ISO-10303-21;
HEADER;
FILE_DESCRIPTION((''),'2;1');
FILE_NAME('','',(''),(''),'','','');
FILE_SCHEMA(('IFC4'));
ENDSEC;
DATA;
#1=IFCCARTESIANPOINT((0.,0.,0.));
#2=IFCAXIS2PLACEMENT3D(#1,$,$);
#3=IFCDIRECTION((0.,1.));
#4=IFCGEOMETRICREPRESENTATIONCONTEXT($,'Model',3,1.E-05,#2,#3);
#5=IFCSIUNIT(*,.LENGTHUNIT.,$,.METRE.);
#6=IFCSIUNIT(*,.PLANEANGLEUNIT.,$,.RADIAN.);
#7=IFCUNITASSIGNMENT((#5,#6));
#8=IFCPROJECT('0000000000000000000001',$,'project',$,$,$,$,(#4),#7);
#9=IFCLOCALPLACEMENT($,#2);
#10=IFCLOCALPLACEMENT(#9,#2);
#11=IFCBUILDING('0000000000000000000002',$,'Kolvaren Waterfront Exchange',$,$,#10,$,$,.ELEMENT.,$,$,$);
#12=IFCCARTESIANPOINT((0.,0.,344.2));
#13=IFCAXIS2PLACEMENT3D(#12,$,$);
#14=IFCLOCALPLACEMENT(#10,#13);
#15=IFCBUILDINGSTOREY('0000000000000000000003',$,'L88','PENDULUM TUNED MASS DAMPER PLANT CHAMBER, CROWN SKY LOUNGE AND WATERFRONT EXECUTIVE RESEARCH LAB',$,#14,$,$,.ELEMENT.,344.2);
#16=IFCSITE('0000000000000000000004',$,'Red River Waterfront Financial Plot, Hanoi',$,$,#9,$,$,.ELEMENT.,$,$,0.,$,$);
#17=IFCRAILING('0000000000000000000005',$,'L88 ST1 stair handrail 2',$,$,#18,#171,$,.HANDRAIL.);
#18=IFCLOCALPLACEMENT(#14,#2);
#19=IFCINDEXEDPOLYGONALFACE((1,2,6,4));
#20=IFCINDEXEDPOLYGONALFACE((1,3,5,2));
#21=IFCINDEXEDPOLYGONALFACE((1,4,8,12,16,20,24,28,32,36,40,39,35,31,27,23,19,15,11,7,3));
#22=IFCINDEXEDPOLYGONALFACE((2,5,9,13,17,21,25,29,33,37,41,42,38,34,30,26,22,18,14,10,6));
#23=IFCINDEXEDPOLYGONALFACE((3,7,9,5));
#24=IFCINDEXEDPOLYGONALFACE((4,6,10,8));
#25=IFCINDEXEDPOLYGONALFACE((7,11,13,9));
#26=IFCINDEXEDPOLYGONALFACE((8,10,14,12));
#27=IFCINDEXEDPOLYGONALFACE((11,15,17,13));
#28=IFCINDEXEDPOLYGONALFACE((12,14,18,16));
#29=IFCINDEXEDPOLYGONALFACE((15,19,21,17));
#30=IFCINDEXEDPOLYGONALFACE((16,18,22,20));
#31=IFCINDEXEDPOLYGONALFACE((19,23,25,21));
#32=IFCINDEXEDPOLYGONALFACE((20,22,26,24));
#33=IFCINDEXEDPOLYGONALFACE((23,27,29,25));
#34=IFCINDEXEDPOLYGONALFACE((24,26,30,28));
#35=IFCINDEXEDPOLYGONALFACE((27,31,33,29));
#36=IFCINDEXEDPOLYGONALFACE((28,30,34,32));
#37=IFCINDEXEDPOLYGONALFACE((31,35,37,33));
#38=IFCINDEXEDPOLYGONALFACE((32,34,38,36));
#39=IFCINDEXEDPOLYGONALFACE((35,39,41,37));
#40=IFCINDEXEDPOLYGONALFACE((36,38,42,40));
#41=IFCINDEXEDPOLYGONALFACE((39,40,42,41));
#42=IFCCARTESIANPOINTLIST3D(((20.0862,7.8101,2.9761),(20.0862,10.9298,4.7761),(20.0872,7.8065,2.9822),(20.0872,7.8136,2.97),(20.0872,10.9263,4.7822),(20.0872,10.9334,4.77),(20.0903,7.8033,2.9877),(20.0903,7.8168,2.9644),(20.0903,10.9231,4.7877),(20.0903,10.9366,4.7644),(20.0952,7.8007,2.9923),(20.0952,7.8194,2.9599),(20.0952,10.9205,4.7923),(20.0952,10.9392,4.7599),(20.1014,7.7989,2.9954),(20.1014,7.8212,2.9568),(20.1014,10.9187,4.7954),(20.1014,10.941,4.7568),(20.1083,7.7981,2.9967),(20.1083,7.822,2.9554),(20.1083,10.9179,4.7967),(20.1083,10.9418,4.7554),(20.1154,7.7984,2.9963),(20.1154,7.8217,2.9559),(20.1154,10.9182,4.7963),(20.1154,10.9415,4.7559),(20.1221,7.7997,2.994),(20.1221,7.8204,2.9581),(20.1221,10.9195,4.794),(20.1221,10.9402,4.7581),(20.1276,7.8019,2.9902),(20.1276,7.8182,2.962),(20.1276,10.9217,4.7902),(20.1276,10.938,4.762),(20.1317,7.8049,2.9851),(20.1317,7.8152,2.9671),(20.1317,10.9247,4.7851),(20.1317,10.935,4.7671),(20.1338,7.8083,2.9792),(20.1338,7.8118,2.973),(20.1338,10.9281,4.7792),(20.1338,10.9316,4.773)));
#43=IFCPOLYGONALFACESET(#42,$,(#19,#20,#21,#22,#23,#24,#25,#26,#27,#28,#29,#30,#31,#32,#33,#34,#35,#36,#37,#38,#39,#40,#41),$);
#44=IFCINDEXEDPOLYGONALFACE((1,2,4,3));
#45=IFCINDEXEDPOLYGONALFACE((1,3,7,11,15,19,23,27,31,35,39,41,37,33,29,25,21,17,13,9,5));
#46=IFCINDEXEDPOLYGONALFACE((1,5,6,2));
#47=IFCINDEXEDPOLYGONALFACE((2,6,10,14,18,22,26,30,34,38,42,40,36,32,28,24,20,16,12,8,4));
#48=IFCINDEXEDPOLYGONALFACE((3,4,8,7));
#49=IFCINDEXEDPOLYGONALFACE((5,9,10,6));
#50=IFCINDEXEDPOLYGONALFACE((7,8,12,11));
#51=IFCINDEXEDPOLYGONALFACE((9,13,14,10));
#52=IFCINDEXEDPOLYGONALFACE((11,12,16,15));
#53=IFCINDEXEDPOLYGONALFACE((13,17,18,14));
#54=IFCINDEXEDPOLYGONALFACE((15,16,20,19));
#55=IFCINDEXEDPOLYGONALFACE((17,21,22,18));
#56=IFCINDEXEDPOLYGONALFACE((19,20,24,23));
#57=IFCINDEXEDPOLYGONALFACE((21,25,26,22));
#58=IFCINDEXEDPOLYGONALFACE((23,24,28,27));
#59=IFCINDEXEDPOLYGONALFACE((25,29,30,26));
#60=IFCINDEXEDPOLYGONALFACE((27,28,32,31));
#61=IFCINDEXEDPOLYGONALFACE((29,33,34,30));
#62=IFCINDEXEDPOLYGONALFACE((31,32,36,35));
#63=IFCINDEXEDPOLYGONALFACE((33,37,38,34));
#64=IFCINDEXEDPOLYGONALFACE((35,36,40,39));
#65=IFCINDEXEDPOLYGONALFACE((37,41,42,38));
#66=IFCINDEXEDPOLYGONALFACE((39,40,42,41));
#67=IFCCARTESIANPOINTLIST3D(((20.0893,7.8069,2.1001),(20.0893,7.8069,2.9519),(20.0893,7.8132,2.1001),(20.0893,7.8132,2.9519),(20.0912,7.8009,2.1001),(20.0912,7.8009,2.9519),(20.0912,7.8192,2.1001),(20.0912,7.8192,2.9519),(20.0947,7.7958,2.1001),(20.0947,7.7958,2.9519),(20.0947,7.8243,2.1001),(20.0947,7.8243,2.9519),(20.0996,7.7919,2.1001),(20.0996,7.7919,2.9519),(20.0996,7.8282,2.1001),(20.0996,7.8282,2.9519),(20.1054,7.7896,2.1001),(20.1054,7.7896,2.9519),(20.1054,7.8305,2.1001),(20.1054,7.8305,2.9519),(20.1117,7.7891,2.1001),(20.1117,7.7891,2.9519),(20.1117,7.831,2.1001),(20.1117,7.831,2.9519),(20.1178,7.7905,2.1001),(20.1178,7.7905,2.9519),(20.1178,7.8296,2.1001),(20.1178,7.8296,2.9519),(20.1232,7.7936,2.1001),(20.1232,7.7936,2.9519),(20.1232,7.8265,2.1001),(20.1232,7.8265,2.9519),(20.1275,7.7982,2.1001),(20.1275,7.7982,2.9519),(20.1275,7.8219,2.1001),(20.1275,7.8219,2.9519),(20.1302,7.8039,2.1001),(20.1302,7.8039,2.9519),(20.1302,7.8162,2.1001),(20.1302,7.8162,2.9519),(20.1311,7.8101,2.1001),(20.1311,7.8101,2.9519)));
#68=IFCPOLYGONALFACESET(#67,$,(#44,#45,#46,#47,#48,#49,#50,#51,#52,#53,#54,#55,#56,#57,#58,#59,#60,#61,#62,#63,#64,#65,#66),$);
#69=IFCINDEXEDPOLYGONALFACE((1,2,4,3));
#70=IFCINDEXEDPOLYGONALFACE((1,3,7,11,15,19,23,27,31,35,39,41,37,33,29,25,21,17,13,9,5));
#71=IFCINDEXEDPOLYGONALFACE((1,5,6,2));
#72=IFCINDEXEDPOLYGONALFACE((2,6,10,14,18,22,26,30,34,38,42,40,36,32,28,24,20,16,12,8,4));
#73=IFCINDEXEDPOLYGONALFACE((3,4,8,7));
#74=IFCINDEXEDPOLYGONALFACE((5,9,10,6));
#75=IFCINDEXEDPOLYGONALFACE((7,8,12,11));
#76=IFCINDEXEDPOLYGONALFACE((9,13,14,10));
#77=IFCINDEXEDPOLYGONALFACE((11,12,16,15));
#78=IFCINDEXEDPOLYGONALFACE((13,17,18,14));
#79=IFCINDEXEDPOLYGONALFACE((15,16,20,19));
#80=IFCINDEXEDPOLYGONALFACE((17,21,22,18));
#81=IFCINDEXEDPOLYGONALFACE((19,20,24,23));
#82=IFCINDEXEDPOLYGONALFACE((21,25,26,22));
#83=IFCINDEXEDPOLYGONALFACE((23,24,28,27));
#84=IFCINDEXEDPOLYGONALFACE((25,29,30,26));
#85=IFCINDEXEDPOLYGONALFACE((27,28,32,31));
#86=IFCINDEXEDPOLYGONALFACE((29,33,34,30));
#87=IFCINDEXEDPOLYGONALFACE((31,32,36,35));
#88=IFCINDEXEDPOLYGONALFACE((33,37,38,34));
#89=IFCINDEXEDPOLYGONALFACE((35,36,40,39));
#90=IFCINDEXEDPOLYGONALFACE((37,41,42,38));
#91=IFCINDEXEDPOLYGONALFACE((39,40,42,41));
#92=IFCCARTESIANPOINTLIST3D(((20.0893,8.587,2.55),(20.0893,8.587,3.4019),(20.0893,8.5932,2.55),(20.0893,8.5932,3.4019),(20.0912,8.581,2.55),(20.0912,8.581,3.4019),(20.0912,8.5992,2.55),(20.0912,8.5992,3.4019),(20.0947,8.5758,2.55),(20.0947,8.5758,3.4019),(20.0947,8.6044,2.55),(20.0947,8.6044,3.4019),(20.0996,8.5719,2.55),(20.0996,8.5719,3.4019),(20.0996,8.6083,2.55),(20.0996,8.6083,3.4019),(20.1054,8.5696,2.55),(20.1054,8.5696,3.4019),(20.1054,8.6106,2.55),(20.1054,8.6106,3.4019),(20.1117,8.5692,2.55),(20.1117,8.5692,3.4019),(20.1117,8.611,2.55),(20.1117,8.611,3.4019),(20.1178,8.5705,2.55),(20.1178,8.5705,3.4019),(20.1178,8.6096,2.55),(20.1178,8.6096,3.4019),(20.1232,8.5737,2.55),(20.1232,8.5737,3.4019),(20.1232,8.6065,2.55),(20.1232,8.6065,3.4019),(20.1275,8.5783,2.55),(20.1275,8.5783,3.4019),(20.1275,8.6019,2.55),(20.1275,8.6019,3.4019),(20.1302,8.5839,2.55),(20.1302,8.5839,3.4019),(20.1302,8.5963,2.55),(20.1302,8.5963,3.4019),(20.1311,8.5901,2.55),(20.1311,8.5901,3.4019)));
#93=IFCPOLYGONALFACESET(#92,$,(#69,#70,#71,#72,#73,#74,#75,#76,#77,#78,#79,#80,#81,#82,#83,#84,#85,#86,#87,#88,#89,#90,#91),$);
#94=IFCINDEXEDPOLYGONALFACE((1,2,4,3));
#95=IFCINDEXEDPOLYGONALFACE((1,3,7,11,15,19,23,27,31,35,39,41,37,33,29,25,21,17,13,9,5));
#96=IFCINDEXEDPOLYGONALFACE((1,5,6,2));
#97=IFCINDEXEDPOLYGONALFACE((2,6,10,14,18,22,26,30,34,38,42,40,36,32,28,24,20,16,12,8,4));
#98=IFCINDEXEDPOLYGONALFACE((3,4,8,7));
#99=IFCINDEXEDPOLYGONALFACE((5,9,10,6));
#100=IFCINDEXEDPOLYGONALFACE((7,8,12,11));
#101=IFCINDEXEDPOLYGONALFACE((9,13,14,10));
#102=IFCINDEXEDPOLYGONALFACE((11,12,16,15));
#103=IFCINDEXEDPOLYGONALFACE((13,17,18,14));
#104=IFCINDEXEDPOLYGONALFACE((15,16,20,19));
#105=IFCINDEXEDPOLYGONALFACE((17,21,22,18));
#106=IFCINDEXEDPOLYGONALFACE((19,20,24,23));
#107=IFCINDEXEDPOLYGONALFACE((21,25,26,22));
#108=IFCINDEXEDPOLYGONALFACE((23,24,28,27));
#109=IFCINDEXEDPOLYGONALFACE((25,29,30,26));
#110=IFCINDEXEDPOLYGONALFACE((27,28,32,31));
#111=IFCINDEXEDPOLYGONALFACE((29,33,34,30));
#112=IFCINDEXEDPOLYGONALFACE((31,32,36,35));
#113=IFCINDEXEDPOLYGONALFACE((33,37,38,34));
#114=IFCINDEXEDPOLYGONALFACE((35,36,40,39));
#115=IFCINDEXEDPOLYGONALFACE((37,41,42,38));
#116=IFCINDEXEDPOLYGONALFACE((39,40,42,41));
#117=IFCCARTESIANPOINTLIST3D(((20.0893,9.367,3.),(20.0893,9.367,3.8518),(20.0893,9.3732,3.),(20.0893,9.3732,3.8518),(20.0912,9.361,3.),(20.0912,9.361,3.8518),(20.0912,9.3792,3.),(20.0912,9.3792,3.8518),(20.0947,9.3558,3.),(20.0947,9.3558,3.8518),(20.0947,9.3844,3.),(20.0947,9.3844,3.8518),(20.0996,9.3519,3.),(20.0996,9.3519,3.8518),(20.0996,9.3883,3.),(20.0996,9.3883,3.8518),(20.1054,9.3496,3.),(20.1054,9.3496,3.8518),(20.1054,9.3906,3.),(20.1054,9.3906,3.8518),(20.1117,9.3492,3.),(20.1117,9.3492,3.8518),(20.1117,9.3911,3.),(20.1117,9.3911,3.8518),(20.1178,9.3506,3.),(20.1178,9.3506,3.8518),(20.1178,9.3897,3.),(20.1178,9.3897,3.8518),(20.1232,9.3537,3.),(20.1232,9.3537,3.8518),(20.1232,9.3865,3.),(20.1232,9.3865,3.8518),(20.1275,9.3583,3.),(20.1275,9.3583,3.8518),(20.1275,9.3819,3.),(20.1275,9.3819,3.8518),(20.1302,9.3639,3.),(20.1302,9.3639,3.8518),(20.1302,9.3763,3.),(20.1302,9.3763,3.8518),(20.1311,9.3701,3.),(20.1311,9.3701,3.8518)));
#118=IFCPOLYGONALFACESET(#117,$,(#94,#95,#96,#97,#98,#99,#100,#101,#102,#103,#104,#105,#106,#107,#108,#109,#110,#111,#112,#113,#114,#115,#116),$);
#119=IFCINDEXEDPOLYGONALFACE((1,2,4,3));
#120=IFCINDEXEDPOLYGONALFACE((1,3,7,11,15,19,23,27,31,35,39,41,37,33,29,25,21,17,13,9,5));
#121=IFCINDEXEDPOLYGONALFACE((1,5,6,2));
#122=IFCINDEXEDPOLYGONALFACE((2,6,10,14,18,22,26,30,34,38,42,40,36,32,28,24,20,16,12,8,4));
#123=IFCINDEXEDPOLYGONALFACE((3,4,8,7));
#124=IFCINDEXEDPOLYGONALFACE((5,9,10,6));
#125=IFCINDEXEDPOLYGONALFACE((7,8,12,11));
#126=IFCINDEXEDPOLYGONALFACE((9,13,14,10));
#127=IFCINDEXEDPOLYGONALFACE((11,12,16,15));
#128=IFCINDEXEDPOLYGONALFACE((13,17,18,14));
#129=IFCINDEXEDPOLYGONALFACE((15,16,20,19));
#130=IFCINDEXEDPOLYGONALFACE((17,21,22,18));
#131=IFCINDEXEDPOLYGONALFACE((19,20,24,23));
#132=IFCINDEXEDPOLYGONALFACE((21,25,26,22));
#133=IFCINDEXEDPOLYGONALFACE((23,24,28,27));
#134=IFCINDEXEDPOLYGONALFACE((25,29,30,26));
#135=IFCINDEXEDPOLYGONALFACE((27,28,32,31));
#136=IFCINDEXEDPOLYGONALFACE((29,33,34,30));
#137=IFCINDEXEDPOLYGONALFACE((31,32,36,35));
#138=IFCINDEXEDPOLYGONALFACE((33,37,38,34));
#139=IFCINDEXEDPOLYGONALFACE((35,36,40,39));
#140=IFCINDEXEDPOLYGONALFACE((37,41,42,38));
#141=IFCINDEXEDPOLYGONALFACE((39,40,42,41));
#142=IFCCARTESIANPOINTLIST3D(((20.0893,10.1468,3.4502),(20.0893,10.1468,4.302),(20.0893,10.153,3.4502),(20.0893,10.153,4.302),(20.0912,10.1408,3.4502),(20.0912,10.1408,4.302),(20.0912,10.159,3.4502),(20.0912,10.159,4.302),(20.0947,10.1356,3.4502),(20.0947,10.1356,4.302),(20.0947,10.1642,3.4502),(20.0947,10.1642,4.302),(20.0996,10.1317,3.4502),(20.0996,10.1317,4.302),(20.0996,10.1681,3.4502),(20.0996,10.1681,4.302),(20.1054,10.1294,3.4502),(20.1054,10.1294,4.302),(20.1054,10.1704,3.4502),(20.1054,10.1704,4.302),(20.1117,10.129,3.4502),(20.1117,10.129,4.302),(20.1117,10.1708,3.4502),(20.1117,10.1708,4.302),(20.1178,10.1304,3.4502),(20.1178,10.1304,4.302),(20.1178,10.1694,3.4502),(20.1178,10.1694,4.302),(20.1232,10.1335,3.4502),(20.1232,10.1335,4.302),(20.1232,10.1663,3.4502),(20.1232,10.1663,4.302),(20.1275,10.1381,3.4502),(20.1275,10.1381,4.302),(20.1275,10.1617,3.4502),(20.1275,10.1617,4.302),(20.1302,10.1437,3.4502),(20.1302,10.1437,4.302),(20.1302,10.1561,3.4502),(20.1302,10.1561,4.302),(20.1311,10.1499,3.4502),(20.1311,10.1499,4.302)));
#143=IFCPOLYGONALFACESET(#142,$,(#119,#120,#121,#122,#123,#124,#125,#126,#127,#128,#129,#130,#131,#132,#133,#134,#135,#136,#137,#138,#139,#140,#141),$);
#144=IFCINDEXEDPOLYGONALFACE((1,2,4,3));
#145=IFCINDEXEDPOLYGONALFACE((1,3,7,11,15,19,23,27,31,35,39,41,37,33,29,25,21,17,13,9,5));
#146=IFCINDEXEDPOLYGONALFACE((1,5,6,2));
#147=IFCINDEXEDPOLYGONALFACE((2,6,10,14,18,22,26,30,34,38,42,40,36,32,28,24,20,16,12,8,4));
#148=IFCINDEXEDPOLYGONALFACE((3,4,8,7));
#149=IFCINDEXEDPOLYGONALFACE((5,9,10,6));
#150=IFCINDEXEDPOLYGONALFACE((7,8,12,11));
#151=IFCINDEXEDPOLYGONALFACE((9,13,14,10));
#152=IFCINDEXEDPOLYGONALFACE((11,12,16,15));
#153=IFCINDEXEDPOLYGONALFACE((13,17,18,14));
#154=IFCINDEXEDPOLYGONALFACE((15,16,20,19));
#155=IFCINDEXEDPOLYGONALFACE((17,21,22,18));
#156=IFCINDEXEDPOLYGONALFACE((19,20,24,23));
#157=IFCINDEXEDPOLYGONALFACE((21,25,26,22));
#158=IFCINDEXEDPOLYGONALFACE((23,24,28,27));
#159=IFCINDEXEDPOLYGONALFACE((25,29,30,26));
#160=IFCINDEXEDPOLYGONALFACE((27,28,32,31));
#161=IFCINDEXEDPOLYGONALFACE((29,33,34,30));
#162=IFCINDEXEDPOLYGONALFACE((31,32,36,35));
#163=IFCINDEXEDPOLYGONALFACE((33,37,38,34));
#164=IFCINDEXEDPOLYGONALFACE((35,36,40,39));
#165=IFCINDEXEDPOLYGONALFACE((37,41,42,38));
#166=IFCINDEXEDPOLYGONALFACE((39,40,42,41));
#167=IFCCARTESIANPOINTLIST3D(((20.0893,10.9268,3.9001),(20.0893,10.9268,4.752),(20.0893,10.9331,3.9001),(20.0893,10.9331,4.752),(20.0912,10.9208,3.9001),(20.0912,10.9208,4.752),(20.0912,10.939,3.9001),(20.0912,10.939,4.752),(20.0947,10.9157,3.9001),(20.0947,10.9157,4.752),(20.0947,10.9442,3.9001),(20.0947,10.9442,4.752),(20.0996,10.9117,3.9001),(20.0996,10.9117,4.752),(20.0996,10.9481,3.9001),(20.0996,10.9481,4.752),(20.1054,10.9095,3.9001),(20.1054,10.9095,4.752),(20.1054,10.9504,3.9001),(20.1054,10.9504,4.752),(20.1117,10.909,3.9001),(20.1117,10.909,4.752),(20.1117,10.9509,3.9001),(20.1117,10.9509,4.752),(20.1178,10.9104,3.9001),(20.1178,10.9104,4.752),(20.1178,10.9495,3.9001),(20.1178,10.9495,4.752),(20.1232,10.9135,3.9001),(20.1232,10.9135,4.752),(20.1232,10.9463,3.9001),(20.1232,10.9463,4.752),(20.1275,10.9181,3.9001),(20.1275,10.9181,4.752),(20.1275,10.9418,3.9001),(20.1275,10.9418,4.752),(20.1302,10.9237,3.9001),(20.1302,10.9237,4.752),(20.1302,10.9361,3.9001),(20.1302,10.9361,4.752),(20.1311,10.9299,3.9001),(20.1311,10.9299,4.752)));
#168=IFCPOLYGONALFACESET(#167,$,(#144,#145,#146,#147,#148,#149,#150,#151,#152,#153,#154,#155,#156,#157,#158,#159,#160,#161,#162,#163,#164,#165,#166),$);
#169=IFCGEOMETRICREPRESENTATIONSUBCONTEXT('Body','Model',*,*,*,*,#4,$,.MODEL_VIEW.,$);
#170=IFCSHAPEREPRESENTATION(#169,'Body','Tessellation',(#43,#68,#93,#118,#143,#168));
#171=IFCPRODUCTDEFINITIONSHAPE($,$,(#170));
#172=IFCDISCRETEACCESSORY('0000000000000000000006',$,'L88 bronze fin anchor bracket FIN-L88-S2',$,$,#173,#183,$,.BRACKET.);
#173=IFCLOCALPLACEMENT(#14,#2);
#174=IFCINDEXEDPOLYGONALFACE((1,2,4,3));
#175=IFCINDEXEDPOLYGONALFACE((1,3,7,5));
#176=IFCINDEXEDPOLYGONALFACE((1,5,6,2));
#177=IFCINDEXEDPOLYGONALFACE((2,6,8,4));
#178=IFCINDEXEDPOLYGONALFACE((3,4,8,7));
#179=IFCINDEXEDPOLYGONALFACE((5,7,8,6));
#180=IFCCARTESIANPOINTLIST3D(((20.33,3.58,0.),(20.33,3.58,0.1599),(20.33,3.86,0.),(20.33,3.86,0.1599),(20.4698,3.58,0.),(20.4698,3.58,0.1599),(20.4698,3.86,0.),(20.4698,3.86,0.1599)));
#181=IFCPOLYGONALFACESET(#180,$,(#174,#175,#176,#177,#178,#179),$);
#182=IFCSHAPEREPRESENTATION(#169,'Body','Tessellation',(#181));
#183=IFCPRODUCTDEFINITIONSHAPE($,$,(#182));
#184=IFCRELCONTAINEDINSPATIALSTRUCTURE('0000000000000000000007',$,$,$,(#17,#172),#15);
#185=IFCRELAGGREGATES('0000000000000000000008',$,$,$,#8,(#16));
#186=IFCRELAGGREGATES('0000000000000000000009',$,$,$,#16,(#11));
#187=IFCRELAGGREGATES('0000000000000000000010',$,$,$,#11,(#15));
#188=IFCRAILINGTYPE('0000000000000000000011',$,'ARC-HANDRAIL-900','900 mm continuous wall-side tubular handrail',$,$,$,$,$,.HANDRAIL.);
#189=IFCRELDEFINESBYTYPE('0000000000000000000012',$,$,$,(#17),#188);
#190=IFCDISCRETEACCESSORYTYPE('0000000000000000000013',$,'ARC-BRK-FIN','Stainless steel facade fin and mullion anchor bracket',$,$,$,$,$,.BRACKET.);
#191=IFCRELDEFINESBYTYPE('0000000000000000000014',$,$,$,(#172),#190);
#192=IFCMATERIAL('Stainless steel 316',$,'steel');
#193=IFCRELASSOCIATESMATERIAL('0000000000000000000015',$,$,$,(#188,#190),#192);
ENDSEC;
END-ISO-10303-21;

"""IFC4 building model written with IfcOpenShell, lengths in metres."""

from ifc_helpers import new_model, si_unit, direction, frame, origin, origin_with_axes, origin_2d, place, context, subcontext, project, spatial, rectangle, circle, extrude, source, transform, mapped, material, type_object, element, save


model = new_model("IFC4")

# Units and contexts
model_context = context("Model", 3, precision=1e-05, world=origin(), true_north=direction((0.0, 1.0)))
body_context = subcontext(model_context, "Body", "Model", "MODEL_VIEW")
ifc_project = project(units=[si_unit("LENGTHUNIT", "METRE"), si_unit("PLANEANGLEUNIT", "RADIAN")], contexts=[model_context])

# Site, building, storey
site_placement = place(None, origin())
site = spatial("IfcSite", under=ifc_project, at=site_placement, Name="Red River Waterfront Financial Plot, Hanoi", CompositionType="ELEMENT", RefElevation=0.0)
building_placement = place(site_placement, origin())
building = spatial("IfcBuilding", under=site, at=building_placement, Name="Kolvaren Waterfront Exchange", CompositionType="ELEMENT")
storey_placement = place(building_placement, frame((0.0, 0.0, 344.2)))
storey = spatial("IfcBuildingStorey", under=building, at=storey_placement, Name="L88", Description="PENDULUM TUNED MASS DAMPER PLANT CHAMBER, CROWN SKY LOUNGE AND WATERFRONT EXECUTIVE RESEARCH LAB", CompositionType="ELEMENT", Elevation=344.2)

# Railing
ifc_material_1 = material(Name="Stainless steel 316", Category="steel")
railing_type = type_object("IfcRailingType", Name="ARC-HANDRAIL-900", Description="900 mm continuous wall-side tubular handrail", PredefinedType="HANDRAIL", material=ifc_material_1)
railing_placement = place(storey_placement, frame((20.1101, 7.8101, 2.1001)))
element("IfcRailing", 1, at=railing_placement, inside=storey, type_object=railing_type, Name="L88 ST1 stair handrail 2", PredefinedType="HANDRAIL", context=body_context, shape_type="SweptSolid", body=[
    extrude(circle(Radius=0.0239, at=origin_2d()), frame((0.0, 0.0, 0.876), z_axis=(0.0, 0.866171, 0.499748), x_axis=(-1.0, 0.0, 0.0)), (0.0, 0.0, 1.0), 3.6018),
    extrude(circle(Radius=0.021, at=origin_2d()), origin(), (0.0, 0.0, 1.0), 0.8518),
    extrude(circle(Radius=0.021, at=origin_2d()), frame((0.0, 0.78, 0.45)), (0.0, 0.0, 1.0), 0.8518),
    extrude(circle(Radius=0.021, at=origin_2d()), frame((0.0, 1.5601, 0.8999)), (0.0, 0.0, 1.0), 0.8518),
    extrude(circle(Radius=0.021, at=origin_2d()), frame((0.0, 2.3398, 1.3501)), (0.0, 0.0, 1.0), 0.8518),
    extrude(circle(Radius=0.021, at=origin_2d()), frame((0.0, 3.1199, 1.8)), (0.0, 0.0, 1.0), 0.8518),
])

# Discrete accessory
discrete_accessory_type = type_object("IfcDiscreteAccessoryType", Name="ARC-BRK-FIN", Description="Stainless steel facade fin and mullion anchor bracket", PredefinedType="BRACKET", material=ifc_material_1)
shared_shape_1 = source(origin_with_axes(), body_context, "Body", "SweptSolid", [
    extrude(rectangle(XDim=0.28, YDim=0.1399, at=origin_2d()), origin(), (0.0, 0.0, 1.0), 0.1599),
])
discrete_accessory_placement = place(storey_placement, frame((20.3999, 3.72, 0.0), z_axis=(0.0, 0.0, 1.0), x_axis=(0.0, -1.0, 0.0)))
element("IfcDiscreteAccessory", 2, at=discrete_accessory_placement, inside=storey, type_object=discrete_accessory_type, Name="L88 bronze fin anchor bracket FIN-L88-S2", PredefinedType="BRACKET", context=body_context, shape_type="MappedRepresentation", body=[
    mapped(shared_shape_1, transform((0.0, 0.0, 0.0), x_axis=(1.0, 0.0, 0.0), y_axis=(0.0, 1.0, 0.0), z_axis=(0.0, 0.0, 1.0), scale=1.0)),
])

save(model, "model.ifc")
